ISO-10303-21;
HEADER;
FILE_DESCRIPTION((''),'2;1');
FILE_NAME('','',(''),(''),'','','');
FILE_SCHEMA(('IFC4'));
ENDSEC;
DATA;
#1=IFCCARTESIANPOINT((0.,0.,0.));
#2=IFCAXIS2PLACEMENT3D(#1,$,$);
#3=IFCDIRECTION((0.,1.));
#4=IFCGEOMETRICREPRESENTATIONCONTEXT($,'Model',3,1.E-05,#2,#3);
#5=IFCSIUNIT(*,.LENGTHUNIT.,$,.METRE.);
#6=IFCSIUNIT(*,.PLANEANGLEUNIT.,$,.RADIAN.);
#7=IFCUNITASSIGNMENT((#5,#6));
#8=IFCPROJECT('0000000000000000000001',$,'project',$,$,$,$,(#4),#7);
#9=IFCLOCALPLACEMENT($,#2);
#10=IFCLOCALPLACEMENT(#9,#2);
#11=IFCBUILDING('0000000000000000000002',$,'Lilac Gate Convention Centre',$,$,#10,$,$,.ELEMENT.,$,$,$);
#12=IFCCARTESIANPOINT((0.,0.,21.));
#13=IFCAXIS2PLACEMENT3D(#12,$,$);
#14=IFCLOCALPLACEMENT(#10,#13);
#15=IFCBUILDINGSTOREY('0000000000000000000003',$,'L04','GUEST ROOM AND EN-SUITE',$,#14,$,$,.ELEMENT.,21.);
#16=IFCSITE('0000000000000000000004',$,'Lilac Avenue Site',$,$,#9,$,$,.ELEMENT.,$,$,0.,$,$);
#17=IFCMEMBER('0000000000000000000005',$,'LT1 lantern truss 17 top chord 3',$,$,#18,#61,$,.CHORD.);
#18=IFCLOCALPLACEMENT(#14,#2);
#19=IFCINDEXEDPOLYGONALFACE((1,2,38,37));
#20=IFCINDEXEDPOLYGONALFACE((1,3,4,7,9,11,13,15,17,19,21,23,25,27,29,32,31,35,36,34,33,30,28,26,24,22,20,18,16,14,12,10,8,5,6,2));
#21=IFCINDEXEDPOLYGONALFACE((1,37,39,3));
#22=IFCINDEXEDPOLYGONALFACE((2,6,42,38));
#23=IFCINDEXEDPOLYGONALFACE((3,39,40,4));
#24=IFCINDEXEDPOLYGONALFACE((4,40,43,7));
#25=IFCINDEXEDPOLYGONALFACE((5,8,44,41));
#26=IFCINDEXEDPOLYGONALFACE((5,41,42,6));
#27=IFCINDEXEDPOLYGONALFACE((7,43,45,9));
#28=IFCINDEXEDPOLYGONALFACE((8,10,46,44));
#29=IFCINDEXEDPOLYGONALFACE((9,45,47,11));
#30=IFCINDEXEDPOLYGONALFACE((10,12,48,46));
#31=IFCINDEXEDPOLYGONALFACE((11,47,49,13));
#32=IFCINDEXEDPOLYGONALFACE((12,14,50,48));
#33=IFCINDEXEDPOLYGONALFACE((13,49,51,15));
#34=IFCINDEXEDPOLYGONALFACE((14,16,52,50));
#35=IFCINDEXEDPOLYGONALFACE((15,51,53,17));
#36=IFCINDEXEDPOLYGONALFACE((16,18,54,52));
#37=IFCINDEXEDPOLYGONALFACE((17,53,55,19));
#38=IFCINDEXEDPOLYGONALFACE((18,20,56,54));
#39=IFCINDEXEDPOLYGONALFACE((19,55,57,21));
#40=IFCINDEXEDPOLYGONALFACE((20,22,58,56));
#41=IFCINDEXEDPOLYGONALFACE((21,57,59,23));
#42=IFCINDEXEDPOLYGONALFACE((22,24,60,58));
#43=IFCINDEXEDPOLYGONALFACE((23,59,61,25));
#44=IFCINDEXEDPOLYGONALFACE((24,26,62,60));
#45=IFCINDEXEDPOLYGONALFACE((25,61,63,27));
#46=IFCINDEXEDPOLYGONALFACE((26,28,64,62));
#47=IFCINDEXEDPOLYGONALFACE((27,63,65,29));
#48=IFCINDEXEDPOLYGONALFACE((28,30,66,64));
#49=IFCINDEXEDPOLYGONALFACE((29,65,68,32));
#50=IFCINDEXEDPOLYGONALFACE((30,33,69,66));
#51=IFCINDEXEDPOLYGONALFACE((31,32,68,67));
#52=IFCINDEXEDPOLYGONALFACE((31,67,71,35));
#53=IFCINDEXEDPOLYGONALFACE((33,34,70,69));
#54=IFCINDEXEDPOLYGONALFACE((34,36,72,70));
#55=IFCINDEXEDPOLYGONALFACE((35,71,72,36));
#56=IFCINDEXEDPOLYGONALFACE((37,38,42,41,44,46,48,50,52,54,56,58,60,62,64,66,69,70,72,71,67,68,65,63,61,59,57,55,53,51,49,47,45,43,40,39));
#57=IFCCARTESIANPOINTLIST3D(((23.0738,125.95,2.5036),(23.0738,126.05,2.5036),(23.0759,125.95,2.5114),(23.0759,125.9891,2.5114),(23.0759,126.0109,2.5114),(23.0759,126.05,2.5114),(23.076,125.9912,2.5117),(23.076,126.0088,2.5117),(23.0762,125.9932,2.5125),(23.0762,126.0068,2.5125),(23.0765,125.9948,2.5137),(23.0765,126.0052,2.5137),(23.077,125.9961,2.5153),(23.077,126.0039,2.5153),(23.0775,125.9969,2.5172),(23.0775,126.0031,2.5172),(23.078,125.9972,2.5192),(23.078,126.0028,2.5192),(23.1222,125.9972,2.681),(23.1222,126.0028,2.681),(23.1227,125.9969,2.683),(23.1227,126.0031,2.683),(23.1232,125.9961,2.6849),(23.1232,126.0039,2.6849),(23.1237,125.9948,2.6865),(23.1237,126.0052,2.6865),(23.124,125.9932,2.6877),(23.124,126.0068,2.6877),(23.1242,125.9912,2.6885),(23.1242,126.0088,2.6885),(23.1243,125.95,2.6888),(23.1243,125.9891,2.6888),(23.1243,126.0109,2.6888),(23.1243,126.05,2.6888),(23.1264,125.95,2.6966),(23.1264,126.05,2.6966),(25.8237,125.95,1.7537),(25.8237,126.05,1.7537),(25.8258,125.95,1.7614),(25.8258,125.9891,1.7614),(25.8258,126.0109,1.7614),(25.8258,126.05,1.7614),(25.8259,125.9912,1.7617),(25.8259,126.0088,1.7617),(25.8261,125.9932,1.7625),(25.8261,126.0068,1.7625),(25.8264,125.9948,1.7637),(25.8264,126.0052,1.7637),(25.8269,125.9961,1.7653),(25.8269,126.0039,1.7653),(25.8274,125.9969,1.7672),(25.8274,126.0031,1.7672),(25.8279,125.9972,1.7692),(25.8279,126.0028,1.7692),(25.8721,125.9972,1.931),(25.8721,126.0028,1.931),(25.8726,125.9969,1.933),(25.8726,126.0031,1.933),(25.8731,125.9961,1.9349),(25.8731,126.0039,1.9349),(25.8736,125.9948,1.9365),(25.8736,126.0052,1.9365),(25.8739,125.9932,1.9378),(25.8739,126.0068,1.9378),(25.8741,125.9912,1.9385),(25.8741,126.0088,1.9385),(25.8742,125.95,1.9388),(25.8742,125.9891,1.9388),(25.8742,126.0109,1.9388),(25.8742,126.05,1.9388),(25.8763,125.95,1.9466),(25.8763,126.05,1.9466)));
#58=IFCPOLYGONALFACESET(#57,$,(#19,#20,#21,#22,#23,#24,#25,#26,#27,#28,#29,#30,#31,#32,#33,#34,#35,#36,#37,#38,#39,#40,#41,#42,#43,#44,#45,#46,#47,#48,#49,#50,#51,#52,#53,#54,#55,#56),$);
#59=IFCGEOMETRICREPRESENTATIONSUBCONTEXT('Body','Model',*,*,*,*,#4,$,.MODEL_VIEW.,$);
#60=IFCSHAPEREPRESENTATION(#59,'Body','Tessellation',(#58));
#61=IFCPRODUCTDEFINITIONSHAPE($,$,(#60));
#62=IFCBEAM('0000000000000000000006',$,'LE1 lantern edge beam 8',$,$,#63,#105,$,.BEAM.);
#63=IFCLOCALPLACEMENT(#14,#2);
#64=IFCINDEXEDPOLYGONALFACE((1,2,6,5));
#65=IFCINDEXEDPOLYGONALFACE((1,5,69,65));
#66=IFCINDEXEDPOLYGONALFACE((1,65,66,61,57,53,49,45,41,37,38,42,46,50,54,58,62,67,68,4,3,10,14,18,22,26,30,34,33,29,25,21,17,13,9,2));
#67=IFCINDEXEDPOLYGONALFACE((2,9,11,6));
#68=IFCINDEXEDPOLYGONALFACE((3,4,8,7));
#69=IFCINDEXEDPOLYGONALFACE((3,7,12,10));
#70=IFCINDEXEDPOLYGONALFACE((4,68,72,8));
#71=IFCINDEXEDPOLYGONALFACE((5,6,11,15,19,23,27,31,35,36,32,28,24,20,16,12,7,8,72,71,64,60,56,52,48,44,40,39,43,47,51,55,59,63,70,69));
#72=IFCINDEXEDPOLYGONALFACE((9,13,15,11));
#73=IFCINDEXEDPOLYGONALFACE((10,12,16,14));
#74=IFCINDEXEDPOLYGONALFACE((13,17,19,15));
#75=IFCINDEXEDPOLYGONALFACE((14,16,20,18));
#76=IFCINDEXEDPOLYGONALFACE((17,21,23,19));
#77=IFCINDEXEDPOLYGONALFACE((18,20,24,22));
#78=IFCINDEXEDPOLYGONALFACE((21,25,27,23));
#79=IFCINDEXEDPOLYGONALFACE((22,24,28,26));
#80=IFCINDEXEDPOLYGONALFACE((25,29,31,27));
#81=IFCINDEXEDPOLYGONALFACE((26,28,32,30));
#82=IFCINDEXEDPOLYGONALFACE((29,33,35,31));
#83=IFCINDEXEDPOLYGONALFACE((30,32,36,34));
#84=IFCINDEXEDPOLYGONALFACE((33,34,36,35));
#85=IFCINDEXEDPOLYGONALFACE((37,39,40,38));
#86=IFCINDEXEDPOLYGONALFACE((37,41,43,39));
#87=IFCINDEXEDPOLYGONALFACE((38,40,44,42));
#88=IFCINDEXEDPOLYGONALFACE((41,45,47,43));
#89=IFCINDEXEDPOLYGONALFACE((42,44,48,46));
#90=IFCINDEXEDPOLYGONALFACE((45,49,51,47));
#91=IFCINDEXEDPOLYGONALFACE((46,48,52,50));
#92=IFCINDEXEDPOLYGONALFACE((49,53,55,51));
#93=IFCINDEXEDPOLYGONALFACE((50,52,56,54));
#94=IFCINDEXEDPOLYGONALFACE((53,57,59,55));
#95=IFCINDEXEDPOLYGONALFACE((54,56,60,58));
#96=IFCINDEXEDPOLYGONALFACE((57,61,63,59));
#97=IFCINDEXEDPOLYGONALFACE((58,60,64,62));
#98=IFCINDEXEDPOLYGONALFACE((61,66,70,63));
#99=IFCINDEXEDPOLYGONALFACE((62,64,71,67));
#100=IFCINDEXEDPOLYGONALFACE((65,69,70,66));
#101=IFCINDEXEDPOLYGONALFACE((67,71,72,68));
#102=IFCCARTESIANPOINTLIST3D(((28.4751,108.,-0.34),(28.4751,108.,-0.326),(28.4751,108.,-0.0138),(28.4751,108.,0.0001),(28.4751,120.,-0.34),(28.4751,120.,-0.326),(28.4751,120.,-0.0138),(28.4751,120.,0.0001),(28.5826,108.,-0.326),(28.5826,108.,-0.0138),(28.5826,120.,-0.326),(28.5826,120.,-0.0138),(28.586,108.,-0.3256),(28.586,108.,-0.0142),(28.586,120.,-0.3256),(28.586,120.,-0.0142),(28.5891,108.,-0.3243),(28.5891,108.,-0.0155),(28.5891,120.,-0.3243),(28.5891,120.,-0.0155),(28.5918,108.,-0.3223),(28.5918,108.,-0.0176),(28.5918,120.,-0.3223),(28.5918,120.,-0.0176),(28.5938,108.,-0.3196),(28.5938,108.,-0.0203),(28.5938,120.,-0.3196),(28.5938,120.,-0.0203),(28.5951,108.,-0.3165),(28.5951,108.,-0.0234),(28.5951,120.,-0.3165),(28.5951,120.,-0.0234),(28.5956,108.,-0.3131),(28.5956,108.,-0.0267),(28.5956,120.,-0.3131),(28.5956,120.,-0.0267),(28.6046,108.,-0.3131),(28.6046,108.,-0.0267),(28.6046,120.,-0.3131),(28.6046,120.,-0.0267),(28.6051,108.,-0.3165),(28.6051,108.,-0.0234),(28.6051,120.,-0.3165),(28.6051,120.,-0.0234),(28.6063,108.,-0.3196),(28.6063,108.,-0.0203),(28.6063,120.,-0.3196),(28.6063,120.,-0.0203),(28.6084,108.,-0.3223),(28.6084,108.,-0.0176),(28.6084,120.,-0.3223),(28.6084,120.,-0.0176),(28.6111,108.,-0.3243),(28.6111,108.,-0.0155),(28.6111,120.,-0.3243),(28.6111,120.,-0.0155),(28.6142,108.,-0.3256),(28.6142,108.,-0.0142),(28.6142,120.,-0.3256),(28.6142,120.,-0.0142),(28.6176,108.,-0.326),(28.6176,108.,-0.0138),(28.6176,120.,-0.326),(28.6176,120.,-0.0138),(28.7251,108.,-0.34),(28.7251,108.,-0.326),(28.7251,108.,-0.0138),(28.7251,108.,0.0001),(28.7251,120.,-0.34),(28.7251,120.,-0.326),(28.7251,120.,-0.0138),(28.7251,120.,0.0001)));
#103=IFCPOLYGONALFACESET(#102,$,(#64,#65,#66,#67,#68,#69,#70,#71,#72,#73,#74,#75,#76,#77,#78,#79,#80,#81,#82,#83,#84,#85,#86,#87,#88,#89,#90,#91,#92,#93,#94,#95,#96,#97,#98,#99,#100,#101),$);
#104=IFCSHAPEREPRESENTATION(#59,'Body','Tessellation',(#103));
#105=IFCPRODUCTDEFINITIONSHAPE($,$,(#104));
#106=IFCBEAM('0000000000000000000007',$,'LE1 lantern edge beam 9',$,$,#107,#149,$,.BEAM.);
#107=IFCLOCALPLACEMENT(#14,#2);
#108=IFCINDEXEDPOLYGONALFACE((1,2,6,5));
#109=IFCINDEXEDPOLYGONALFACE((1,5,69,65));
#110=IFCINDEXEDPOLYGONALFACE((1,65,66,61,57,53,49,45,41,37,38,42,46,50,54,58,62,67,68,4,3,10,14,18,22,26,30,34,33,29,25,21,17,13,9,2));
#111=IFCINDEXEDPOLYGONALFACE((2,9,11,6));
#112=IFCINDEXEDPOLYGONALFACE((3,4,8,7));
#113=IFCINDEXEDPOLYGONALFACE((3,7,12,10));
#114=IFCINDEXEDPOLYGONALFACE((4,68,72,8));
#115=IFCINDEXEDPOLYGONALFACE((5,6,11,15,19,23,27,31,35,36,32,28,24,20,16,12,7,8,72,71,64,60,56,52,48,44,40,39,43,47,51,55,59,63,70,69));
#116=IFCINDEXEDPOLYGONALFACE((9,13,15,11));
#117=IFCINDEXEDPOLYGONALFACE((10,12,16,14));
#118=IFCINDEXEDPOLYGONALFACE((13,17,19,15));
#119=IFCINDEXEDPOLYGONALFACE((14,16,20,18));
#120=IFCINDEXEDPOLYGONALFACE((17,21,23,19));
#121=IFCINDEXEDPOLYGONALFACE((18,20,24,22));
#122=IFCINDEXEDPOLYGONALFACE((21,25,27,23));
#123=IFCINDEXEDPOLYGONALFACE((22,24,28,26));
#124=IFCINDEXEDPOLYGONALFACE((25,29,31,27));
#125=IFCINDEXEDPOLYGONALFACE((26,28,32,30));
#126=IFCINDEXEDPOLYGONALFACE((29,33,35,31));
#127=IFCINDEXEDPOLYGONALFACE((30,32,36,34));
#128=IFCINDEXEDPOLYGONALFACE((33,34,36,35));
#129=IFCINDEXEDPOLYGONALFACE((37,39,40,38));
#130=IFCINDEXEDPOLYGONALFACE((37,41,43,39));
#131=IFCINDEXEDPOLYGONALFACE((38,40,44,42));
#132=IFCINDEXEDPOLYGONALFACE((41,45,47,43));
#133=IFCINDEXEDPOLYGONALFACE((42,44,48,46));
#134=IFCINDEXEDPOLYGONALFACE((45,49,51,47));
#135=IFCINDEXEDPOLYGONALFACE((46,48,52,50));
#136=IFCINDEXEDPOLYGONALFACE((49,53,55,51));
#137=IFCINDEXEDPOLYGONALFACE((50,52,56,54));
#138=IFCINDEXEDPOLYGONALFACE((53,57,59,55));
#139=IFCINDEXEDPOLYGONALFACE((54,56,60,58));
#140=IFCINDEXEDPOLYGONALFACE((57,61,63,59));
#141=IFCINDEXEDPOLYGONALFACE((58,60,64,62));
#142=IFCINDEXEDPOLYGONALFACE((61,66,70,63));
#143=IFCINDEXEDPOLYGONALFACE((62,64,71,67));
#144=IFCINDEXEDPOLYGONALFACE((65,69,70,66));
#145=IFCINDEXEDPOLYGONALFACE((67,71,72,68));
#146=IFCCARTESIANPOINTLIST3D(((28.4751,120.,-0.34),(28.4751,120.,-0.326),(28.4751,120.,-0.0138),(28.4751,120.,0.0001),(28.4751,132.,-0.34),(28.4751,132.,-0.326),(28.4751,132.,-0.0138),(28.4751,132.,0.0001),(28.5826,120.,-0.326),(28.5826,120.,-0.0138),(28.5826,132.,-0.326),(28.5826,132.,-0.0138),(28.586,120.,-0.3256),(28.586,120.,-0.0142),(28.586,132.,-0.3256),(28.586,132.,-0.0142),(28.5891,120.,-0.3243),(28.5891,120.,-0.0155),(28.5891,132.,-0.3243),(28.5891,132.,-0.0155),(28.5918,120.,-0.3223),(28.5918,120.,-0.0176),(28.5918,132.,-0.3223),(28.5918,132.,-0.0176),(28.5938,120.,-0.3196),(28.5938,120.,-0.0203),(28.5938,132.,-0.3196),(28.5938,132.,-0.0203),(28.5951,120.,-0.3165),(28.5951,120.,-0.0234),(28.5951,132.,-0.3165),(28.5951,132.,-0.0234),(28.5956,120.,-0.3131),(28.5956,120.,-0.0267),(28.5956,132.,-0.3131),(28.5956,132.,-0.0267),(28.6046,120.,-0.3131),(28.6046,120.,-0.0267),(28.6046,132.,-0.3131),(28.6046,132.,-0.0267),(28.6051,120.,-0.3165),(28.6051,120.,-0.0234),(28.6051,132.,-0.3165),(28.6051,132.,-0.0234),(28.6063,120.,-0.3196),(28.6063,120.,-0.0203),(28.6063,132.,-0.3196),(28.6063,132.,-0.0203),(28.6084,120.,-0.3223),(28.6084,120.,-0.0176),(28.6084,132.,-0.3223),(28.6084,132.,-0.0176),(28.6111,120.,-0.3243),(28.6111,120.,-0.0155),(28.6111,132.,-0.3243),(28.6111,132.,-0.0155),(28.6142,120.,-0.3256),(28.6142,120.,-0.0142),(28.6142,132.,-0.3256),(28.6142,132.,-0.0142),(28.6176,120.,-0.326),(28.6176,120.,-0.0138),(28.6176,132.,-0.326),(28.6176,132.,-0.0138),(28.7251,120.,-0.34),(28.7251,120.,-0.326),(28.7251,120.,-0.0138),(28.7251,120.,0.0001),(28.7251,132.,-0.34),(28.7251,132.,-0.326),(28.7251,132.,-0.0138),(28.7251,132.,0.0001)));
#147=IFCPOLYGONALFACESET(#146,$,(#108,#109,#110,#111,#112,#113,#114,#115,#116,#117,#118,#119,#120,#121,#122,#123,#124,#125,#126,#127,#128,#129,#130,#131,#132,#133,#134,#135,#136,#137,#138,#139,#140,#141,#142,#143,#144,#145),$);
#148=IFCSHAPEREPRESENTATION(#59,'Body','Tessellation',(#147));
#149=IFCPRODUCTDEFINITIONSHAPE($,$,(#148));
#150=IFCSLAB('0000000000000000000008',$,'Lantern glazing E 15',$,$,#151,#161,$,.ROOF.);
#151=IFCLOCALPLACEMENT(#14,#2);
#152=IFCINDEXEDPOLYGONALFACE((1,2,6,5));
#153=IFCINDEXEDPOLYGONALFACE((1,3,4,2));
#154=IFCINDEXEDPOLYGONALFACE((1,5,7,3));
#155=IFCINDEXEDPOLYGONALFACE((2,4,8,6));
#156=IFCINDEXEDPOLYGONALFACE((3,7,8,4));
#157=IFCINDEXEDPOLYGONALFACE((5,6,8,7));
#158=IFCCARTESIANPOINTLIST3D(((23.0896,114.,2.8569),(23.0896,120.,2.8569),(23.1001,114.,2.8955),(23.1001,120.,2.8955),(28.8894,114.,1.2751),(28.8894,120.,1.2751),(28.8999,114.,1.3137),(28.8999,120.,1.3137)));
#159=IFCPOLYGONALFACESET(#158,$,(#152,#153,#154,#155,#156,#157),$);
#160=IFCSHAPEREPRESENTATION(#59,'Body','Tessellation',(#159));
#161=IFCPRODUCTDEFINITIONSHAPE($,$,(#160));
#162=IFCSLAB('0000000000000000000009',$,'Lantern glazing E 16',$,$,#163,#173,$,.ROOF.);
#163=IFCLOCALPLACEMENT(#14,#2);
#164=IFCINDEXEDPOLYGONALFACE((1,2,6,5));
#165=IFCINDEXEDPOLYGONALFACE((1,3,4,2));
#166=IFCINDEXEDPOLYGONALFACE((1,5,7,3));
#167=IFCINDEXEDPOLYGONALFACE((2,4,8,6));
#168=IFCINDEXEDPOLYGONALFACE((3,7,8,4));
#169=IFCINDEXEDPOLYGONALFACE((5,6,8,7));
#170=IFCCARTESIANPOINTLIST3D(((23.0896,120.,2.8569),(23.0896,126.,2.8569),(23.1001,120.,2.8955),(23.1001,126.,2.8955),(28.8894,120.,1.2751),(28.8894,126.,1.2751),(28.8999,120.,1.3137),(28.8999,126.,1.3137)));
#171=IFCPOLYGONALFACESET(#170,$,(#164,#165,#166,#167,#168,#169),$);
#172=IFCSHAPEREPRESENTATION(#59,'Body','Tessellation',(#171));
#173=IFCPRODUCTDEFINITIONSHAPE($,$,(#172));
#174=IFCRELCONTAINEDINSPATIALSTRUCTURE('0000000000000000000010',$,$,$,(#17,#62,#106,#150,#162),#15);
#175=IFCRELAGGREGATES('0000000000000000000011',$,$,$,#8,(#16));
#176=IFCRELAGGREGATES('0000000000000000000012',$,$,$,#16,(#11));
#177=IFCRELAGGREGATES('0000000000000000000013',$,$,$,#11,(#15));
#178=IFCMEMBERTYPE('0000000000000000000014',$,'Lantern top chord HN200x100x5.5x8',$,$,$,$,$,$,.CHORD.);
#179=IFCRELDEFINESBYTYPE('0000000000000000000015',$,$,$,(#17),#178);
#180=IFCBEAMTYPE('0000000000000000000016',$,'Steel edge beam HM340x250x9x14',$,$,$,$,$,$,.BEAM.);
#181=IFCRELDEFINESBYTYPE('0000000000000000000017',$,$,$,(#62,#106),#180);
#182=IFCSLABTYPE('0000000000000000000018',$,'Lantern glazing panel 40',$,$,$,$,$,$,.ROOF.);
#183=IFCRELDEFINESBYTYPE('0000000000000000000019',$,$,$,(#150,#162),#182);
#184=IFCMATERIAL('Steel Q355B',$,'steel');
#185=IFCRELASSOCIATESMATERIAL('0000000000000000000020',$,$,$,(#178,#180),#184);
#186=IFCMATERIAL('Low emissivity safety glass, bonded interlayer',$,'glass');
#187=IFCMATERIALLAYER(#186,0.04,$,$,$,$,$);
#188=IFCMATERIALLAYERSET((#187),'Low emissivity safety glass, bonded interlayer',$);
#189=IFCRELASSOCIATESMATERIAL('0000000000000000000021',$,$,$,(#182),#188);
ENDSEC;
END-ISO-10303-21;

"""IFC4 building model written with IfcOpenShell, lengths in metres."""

from ifc_helpers import new_model, si_unit, direction, frame, origin, origin_2d, place, context, subcontext, project, spatial, polyline, i_section, outline, extrude, material, layer, layer_set, material_profile, profile_set, type_object, element, save


model = new_model("IFC4")

# Units and contexts
model_context = context("Model", 3, precision=1e-05, world=origin(), true_north=direction((0.0, 1.0)))
body_context = subcontext(model_context, "Body", "Model", "MODEL_VIEW")
ifc_project = project(units=[si_unit("LENGTHUNIT", "METRE"), si_unit("PLANEANGLEUNIT", "RADIAN")], contexts=[model_context])

# Site, building, storey
site_placement = place(None, origin())
site = spatial("IfcSite", under=ifc_project, at=site_placement, Name="Lilac Avenue Site", CompositionType="ELEMENT", RefElevation=0.0)
building_placement = place(site_placement, origin())
building = spatial("IfcBuilding", under=site, at=building_placement, Name="Lilac Gate Convention Centre", CompositionType="ELEMENT")
storey_placement = place(building_placement, frame((0.0, 0.0, 21.0)))
storey = spatial("IfcBuildingStorey", under=building, at=storey_placement, Name="L04", Description="GUEST ROOM AND EN-SUITE", CompositionType="ELEMENT", Elevation=21.0)

# Member
ifc_material_1 = material(Name="Steel Q355B", Category="steel")
ifc_material_profile_1 = material_profile(ifc_material_1, i_section(OverallWidth=0.1001, OverallDepth=0.2, WebThickness=0.0056, FlangeThickness=0.0081, FilletRadius=0.0081, at=origin_2d()), Name="HN200x100x5.5x8")
ifc_profile_set_1 = profile_set([ifc_material_profile_1], Name="Steel Q355B")
member_type_1 = type_object("IfcMemberType", Name="Lantern top chord HN200x100x5.5x8", PredefinedType="CHORD", material=ifc_profile_set_1)
for number, where, z_axis, x_axis, name in (
    (1, (23.1001, 126.0, 2.6001), (0.964764, 0.0, -0.263117), (0.0, 1.0, 0.0), "LT1 lantern truss 17 top chord 3"),
):
    element("IfcMember", number, at=place(storey_placement, frame(where, z_axis=z_axis, x_axis=x_axis)), inside=storey, type_object=member_type_1, Name=name, PredefinedType="CHORD", context=body_context, shape_type="SweptSolid", body=[
        extrude(i_section(OverallWidth=0.1001, OverallDepth=0.2, WebThickness=0.0056, FlangeThickness=0.0081, FilletRadius=0.0081, at=origin_2d()), origin(), (0.0, 0.0, 1.0), 2.8503),
    ])

# Beams
ifc_material_profile_2 = material_profile(ifc_material_1, i_section(OverallWidth=0.25, OverallDepth=0.3401, WebThickness=0.009, FlangeThickness=0.0139, FilletRadius=0.0129, at=origin_2d()), Name="HM340x250x9x14")
ifc_profile_set_2 = profile_set([ifc_material_profile_2], Name="Steel Q355B")
beam_type = type_object("IfcBeamType", Name="Steel edge beam HM340x250x9x14", PredefinedType="BEAM", material=ifc_profile_set_2)
for number, where, z_axis, x_axis, name in (
    (2, (28.6001, 108.0, -0.1699), (0.0, 1.0, 0.0), (-1.0, 0.0, 0.0), "LE1 lantern edge beam 8"),
    (3, (28.6001, 120.0, -0.1699), (0.0, 1.0, 0.0), (-1.0, 0.0, 0.0), "LE1 lantern edge beam 9"),
):
    element("IfcBeam", number, at=place(storey_placement, frame(where, z_axis=z_axis, x_axis=x_axis)), inside=storey, type_object=beam_type, Name=name, PredefinedType="BEAM", context=body_context, shape_type="SweptSolid", body=[
        extrude(i_section(OverallWidth=0.25, OverallDepth=0.3401, WebThickness=0.009, FlangeThickness=0.0139, FilletRadius=0.0129, at=origin_2d()), origin(), (0.0, 0.0, 1.0), 12.0),
    ])

# Slabs
ifc_material_2 = material(Name="Low emissivity safety glass, bonded interlayer", Category="glass")
ifc_layer = layer(ifc_material_2, 0.04)
ifc_layer_set = layer_set([ifc_layer], Name="Low emissivity safety glass, bonded interlayer")
slab_type = type_object("IfcSlabType", Name="Lantern glazing panel 40", PredefinedType="ROOF", material=ifc_layer_set)
for number, where, z_axis, x_axis, name in (
    (4, (23.1001, 114.0, 2.8955), (0.263121, 0.0, 0.964763), (0.964763, 0.0, -0.263121), "Lantern glazing E 15"),
    (5, (23.1001, 120.0, 2.8955), (0.263121, 0.0, 0.964763), (0.964763, 0.0, -0.263121), "Lantern glazing E 16"),
):
    element("IfcSlab", number, at=place(storey_placement, frame(where, z_axis=z_axis, x_axis=x_axis)), inside=storey, type_object=slab_type, Name=name, PredefinedType="ROOF", context=body_context, shape_type="SweptSolid", body=[
        extrude(outline(polyline([(0.0, 0.0), (6.0116, 0.0), (6.0116, 6.0), (0.0, 6.0), (0.0, 0.0)])), origin(), (0.0, 0.0, -1.0), 0.04),
    ])

save(model, "model.ifc")
